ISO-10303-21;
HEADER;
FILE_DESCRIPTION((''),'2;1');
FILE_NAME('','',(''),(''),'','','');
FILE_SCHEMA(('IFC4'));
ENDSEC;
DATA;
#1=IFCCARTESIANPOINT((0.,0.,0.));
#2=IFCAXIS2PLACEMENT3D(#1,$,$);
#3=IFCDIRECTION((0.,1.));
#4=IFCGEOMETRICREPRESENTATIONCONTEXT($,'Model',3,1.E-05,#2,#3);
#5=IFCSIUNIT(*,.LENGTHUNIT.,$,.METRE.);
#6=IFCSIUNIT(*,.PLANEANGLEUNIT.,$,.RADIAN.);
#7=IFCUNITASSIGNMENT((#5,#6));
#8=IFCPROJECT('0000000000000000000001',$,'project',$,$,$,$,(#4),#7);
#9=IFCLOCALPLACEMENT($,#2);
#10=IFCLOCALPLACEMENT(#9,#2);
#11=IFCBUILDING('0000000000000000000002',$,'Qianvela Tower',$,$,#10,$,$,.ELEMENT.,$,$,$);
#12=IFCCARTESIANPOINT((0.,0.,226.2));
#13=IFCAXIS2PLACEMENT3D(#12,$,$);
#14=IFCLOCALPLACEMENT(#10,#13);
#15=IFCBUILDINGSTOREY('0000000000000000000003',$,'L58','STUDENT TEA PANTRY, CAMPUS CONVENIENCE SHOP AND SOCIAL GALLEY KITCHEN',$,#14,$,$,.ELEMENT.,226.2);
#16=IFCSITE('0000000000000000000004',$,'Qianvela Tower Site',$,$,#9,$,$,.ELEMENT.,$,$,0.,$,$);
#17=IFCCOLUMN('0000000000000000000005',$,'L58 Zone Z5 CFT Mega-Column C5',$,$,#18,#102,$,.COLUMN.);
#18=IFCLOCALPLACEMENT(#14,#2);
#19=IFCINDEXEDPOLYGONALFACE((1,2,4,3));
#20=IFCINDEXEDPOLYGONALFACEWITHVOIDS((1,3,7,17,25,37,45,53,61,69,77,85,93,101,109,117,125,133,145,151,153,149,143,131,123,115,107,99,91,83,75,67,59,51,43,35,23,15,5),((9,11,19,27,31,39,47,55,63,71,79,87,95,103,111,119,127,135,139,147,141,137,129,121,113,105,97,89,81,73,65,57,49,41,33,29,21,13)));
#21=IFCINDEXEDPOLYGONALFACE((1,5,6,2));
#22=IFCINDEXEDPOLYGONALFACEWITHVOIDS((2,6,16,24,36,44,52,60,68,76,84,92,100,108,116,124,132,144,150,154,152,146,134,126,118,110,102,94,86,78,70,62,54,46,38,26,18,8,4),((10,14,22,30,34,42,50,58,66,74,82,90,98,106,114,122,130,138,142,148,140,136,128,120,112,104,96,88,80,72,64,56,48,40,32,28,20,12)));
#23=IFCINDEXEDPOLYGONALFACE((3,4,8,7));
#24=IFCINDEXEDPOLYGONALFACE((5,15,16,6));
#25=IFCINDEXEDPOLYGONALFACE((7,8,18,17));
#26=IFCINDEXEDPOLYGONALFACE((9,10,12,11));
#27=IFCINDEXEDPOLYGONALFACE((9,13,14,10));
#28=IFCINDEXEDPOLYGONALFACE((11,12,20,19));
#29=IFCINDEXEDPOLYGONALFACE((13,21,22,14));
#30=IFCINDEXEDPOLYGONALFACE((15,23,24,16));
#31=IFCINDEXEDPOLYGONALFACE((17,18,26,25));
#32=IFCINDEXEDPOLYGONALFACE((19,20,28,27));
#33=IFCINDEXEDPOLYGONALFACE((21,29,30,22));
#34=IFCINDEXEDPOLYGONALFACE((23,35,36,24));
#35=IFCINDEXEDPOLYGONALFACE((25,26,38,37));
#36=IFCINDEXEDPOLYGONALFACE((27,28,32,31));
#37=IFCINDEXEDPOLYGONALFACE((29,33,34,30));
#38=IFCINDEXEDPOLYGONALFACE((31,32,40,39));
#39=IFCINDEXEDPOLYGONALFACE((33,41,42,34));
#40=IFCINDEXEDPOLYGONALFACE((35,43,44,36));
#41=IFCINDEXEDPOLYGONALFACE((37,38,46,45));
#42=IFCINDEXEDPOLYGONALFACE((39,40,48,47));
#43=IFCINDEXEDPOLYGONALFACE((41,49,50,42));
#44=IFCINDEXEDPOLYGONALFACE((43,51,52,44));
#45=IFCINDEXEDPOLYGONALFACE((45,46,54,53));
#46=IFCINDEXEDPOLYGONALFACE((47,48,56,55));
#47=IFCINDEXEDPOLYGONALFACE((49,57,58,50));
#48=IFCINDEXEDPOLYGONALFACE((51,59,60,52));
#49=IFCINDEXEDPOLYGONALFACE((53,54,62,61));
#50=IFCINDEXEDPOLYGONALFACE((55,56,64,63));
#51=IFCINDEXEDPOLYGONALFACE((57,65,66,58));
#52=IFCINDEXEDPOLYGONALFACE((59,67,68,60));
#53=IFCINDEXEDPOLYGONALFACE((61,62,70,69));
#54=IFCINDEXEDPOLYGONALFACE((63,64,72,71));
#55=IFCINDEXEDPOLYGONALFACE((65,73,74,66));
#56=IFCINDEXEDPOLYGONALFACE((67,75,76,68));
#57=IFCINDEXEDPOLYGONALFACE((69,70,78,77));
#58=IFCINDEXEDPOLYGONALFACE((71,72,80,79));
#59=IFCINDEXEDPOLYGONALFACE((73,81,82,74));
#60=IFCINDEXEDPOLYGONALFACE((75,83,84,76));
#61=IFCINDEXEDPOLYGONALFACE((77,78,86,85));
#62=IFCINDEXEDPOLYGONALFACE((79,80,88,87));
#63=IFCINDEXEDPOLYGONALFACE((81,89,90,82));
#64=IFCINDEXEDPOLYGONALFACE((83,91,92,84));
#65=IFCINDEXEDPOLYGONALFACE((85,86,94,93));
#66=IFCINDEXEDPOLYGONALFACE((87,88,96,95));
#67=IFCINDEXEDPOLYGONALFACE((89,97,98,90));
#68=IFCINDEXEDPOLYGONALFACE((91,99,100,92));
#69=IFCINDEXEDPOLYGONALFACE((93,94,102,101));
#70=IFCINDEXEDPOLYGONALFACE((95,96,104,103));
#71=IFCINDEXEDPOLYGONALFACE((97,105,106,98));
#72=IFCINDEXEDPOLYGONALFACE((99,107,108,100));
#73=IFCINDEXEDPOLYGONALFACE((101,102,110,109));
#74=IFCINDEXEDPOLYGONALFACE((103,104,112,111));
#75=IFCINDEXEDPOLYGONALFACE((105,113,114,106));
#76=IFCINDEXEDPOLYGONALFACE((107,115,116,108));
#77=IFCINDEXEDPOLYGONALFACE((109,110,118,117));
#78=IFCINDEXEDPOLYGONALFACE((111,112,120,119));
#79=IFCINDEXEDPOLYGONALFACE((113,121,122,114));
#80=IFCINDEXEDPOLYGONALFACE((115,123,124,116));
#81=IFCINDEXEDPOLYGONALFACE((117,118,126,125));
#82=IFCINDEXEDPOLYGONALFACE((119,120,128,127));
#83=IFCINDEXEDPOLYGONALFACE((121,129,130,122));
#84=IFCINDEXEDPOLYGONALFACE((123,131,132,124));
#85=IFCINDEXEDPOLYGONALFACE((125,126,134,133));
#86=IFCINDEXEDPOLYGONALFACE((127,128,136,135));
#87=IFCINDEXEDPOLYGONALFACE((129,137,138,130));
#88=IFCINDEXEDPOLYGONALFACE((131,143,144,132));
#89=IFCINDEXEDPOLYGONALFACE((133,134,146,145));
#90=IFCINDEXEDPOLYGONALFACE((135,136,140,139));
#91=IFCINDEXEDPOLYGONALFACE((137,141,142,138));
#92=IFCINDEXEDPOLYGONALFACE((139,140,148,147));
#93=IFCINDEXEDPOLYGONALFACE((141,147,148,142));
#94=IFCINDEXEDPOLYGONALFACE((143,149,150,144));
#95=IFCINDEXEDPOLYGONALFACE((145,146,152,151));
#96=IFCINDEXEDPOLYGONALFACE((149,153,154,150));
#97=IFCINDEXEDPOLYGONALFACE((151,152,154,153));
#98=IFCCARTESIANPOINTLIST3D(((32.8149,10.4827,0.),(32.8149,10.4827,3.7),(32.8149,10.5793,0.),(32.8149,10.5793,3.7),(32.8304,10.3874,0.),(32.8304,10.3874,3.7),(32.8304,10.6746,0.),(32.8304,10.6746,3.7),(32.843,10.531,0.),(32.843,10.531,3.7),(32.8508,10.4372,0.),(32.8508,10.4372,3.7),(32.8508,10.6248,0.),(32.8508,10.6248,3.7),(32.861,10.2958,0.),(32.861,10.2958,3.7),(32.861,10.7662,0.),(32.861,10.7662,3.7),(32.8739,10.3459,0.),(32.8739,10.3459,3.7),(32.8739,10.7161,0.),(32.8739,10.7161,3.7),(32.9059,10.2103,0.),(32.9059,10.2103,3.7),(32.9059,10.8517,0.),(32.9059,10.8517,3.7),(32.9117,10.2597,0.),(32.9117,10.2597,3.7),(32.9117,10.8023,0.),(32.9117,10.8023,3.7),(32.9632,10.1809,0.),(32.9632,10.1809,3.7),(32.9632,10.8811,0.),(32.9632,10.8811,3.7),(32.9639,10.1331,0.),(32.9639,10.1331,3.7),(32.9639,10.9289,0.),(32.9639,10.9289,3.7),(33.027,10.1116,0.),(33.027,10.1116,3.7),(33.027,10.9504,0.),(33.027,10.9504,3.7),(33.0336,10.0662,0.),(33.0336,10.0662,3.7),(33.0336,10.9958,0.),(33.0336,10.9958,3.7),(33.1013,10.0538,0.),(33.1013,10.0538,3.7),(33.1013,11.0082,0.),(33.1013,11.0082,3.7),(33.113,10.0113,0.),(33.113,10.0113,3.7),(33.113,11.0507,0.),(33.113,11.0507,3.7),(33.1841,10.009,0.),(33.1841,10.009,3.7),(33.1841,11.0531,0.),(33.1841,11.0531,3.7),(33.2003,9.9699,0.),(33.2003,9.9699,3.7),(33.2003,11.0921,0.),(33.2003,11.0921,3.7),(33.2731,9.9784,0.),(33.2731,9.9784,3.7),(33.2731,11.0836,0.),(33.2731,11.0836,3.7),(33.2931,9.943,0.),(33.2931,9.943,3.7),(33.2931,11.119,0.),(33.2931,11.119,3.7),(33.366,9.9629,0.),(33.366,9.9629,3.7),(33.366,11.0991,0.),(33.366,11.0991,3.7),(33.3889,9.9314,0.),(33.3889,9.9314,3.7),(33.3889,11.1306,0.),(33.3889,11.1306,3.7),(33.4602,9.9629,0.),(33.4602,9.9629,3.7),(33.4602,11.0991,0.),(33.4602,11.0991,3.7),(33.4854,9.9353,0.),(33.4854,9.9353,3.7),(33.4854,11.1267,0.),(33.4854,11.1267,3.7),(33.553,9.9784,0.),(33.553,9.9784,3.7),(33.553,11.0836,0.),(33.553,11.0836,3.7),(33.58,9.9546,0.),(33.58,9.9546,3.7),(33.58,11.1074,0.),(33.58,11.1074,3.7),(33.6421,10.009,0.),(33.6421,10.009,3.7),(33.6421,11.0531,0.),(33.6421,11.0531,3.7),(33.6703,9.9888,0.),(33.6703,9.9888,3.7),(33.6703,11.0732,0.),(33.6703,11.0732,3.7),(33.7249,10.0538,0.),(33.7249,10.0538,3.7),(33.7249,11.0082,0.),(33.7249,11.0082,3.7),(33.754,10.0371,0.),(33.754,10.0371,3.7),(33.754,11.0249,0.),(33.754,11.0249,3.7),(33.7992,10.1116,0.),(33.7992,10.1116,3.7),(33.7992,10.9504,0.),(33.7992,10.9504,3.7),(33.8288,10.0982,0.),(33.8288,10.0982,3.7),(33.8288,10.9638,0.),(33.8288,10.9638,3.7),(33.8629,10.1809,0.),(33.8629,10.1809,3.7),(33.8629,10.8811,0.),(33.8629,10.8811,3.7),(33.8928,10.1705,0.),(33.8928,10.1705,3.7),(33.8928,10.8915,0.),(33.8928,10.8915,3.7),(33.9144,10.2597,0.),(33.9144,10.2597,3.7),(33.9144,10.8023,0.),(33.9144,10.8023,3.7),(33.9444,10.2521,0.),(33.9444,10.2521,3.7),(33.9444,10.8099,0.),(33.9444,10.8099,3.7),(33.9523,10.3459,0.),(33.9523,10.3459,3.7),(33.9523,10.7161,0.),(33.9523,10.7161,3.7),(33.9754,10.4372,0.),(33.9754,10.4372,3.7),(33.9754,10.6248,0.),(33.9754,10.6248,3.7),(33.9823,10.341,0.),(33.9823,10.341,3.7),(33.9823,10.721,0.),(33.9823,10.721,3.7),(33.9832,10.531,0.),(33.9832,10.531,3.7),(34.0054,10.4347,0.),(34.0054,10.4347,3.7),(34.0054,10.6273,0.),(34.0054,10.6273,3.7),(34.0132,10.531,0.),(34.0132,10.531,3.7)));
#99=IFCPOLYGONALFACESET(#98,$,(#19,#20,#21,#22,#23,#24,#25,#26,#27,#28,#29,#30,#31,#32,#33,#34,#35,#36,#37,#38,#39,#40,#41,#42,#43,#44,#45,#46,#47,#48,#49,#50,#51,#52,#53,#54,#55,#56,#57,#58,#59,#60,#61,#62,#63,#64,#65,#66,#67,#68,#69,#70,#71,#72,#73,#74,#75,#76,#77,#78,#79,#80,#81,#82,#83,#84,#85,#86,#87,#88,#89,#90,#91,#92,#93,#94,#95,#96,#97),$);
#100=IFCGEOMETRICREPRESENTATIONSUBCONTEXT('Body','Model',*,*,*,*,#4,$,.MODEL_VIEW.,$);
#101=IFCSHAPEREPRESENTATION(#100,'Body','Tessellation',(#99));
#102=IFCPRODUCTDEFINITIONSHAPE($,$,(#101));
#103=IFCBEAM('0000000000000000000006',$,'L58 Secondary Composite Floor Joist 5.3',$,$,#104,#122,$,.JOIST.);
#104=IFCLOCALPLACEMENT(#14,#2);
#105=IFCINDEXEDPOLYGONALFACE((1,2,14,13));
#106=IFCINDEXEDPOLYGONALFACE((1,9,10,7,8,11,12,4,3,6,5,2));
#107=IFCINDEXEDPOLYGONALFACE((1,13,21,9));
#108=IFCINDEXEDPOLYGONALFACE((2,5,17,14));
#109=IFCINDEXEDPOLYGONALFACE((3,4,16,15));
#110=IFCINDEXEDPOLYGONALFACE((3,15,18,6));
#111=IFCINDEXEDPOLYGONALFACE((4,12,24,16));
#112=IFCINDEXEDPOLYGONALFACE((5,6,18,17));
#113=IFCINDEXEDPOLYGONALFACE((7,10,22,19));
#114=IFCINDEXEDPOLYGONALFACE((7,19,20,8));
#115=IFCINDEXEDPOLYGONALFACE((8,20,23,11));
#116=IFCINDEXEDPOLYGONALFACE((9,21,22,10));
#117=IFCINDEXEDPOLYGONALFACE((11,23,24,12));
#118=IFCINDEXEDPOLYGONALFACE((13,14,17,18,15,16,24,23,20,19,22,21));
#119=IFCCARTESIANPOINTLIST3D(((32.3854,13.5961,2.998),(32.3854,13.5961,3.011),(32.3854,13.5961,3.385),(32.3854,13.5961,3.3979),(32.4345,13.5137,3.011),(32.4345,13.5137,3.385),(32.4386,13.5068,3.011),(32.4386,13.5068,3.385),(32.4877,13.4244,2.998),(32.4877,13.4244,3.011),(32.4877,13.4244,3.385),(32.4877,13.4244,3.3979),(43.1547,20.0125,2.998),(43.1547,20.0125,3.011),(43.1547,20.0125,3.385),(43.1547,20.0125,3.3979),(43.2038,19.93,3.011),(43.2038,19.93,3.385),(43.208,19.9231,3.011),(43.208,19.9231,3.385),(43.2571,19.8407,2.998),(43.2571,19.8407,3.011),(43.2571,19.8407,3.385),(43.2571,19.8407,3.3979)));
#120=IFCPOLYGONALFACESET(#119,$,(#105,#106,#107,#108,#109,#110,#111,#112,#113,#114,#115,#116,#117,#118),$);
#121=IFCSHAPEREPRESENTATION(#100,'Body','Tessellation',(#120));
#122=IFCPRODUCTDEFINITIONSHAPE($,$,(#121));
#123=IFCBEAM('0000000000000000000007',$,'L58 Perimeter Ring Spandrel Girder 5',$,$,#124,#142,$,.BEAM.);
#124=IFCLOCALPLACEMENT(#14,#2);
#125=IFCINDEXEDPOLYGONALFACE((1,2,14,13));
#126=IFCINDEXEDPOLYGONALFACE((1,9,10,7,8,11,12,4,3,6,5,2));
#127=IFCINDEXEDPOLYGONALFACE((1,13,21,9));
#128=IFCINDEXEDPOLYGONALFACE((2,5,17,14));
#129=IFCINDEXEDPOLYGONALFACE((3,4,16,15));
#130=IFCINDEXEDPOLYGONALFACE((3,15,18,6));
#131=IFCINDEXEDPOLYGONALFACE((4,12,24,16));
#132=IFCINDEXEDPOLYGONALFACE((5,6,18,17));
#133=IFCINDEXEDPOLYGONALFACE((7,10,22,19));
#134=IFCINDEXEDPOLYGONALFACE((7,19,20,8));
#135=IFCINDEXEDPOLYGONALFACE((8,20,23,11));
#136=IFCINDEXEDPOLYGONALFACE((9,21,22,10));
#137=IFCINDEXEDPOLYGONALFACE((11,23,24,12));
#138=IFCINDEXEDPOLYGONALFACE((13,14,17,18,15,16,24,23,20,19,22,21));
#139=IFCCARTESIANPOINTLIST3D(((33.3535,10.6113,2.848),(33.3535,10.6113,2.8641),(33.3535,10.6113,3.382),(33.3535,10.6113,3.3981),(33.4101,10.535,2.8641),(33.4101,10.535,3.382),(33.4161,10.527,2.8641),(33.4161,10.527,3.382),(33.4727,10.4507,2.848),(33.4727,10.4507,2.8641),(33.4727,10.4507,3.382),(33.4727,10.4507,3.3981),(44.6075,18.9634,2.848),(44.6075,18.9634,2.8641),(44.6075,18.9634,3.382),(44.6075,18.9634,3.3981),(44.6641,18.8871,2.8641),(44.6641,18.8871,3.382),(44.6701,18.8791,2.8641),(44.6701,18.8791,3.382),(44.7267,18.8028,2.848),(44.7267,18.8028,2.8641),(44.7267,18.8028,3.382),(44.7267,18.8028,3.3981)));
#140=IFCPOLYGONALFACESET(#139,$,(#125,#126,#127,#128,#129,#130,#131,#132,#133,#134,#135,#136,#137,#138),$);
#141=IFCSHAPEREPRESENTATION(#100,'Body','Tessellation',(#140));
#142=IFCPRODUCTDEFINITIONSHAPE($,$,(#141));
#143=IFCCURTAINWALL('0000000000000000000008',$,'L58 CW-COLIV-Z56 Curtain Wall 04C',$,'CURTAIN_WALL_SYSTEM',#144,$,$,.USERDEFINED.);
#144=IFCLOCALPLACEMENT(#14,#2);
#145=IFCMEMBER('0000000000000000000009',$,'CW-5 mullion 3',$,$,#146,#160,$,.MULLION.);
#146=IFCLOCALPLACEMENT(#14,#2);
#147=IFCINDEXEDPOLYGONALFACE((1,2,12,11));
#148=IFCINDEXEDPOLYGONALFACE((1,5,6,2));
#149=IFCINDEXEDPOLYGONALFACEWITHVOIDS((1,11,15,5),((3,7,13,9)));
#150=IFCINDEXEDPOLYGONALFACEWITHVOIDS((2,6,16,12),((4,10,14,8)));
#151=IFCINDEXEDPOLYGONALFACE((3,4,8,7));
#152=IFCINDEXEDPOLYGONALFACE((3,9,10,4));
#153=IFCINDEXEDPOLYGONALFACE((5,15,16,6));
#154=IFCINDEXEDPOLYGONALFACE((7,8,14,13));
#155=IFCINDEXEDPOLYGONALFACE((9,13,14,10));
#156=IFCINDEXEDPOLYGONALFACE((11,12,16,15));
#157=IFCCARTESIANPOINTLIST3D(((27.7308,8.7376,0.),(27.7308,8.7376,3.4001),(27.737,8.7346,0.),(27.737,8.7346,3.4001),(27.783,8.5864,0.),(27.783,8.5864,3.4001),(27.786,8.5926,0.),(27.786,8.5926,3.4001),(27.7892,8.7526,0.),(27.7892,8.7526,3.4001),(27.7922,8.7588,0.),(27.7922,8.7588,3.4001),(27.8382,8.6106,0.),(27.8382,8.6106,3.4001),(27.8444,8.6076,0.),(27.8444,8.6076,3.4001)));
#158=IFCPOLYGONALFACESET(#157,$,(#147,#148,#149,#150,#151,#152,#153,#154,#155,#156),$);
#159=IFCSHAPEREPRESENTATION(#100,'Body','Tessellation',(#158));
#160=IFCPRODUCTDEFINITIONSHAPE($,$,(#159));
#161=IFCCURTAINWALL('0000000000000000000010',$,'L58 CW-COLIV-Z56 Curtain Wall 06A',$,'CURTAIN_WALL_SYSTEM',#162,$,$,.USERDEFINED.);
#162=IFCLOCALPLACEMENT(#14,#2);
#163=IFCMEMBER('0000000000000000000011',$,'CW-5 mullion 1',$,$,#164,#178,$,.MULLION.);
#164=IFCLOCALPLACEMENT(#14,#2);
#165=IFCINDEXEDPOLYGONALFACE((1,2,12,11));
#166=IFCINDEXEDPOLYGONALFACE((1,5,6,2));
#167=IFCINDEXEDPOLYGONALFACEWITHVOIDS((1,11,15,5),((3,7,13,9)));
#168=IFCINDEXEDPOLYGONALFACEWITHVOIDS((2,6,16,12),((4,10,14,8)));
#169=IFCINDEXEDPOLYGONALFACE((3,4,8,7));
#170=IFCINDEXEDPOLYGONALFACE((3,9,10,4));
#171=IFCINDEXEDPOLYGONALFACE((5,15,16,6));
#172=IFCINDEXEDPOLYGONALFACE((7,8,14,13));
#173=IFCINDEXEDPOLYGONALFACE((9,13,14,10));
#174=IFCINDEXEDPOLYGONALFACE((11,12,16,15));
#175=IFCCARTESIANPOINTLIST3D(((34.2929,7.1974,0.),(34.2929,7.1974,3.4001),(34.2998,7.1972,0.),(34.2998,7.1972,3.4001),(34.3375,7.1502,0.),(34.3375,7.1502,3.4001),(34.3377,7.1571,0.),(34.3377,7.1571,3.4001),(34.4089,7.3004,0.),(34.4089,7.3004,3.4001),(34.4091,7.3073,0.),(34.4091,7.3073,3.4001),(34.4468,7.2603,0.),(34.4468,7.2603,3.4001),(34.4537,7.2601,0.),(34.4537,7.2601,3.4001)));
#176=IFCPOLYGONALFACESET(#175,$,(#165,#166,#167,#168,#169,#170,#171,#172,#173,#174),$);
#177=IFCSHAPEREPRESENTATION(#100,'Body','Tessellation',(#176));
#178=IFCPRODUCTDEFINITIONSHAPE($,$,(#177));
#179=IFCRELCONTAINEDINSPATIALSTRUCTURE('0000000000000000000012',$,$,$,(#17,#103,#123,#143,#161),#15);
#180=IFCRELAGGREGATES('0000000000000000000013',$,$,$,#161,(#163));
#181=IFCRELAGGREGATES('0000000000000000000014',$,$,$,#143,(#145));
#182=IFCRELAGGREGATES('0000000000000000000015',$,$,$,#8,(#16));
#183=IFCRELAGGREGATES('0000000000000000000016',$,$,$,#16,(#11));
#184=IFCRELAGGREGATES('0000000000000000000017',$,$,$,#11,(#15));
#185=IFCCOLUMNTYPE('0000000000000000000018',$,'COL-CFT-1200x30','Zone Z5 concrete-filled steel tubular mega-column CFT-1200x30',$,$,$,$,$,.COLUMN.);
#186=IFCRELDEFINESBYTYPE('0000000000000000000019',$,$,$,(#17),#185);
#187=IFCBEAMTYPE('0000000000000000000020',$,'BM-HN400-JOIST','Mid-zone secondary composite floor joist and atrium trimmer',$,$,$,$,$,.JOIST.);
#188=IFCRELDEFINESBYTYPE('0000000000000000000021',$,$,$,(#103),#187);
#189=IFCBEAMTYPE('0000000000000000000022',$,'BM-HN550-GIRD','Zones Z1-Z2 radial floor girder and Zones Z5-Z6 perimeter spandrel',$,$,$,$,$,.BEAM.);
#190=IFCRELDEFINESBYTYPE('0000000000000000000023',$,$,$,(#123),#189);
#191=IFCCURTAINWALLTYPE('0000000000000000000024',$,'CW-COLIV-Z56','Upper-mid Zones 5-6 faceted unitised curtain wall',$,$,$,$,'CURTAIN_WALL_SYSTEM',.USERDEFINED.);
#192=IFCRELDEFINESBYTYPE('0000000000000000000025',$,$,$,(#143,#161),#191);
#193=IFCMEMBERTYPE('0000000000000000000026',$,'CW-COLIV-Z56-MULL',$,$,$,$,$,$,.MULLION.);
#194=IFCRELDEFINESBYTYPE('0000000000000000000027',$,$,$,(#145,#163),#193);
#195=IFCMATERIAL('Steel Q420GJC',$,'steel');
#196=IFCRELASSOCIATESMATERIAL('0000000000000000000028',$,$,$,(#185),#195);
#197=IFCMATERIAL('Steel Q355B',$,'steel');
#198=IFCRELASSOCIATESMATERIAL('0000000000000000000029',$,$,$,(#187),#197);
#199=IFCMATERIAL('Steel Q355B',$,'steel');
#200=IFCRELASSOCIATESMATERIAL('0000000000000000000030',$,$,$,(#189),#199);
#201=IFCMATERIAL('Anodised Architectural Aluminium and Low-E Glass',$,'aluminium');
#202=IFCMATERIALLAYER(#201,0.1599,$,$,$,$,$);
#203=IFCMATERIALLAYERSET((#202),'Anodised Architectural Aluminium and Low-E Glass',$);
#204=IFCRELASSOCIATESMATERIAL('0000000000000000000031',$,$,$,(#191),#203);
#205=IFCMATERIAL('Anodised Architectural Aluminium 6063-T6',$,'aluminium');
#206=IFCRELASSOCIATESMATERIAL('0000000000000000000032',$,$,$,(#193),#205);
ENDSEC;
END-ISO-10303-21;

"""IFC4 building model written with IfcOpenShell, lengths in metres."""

from ifc_helpers import new_model, si_unit, direction, frame, origin, origin_2d, place, context, subcontext, project, spatial, hollow_rectangle, hollow_circle, i_section, extrude, material, layer, layer_set, material_profile, profile_set, type_object, element, aggregate, save


model = new_model("IFC4")

# Units and contexts
model_context = context("Model", 3, precision=1e-05, world=origin(), true_north=direction((0.0, 1.0)))
body_context = subcontext(model_context, "Body", "Model", "MODEL_VIEW")
ifc_project = project(units=[si_unit("LENGTHUNIT", "METRE"), si_unit("PLANEANGLEUNIT", "RADIAN")], contexts=[model_context])

# Site, building, storey
site_placement = place(None, origin())
site = spatial("IfcSite", under=ifc_project, at=site_placement, Name="Qianvela Tower Site", CompositionType="ELEMENT", RefElevation=0.0)
building_placement = place(site_placement, origin())
building = spatial("IfcBuilding", under=site, at=building_placement, Name="Qianvela Tower", CompositionType="ELEMENT")
storey_placement = place(building_placement, frame((0.0, 0.0, 226.2)))
storey = spatial("IfcBuildingStorey", under=building, at=storey_placement, Name="L58", Description="STUDENT TEA PANTRY, CAMPUS CONVENIENCE SHOP AND SOCIAL GALLEY KITCHEN", CompositionType="ELEMENT", Elevation=226.2)

# Column
ifc_material_1 = material(Name="Steel Q420GJC", Category="steel")
ifc_material_profile_1 = material_profile(ifc_material_1, hollow_circle(Radius=0.6001, WallThickness=0.03, at=origin_2d()), Name="CFT-1200x30")
ifc_profile_set_1 = profile_set([ifc_material_profile_1], Name="Steel Q420GJC")
column_type = type_object("IfcColumnType", Name="COL-CFT-1200x30", Description="Zone Z5 concrete-filled steel tubular mega-column CFT-1200x30", PredefinedType="COLUMN", material=ifc_profile_set_1)
column_placement = place(storey_placement, frame((33.4131, 10.531, 0.0), z_axis=(0.0, 0.0, 1.0), x_axis=(1.0, 0.0, 0.0)))
element("IfcColumn", 1, at=column_placement, inside=storey, type_object=column_type, Name="L58 Zone Z5 CFT Mega-Column C5", PredefinedType="COLUMN", context=body_context, shape_type="SweptSolid", body=[
    extrude(hollow_circle(Radius=0.6001, WallThickness=0.03, at=origin_2d()), origin(), (0.0, 0.0, 1.0), 3.7),
])

# Beams
ifc_material_2 = material(Name="Steel Q355B", Category="steel")
ifc_material_profile_2 = material_profile(ifc_material_2, i_section(OverallWidth=0.2, OverallDepth=0.3999, WebThickness=0.0081, FlangeThickness=0.0129, at=origin_2d()), Name="HN400x200x8x13")
ifc_profile_set_2 = profile_set([ifc_material_profile_2], Name="Steel Q355B")
beam_type_1 = type_object("IfcBeamType", Name="BM-HN400-JOIST", Description="Mid-zone secondary composite floor joist and atrium trimmer", PredefinedType="JOIST", material=ifc_profile_set_2)
beam_1_placement = place(storey_placement, frame((32.4365, 13.5103, 3.198), z_axis=(0.859084, 0.511835, 0.0), x_axis=(-0.511835, 0.859084, 0.0)))
element("IfcBeam", 2, at=beam_1_placement, inside=storey, type_object=beam_type_1, Name="L58 Secondary Composite Floor Joist 5.3", PredefinedType="JOIST", context=body_context, shape_type="SweptSolid", body=[
    extrude(i_section(OverallWidth=0.2, OverallDepth=0.3999, WebThickness=0.0081, FlangeThickness=0.0129, at=origin_2d()), origin(), (0.0, 0.0, 1.0), 12.5359),
])
ifc_material_3 = material(Name="Steel Q355B", Category="steel")
ifc_material_profile_3 = material_profile(ifc_material_3, i_section(OverallWidth=0.2, OverallDepth=0.55, WebThickness=0.01, FlangeThickness=0.0161, at=origin_2d()), Name="HN550x200x10x16")
ifc_profile_set_3 = profile_set([ifc_material_profile_3], Name="Steel Q355B")
beam_type_2 = type_object("IfcBeamType", Name="BM-HN550-GIRD", Description="Zones Z1-Z2 radial floor girder and Zones Z5-Z6 perimeter spandrel", PredefinedType="BEAM", material=ifc_profile_set_3)
beam_2_placement = place(storey_placement, frame((33.4131, 10.531, 3.123), z_axis=(0.803017, 0.595956, 0.0), x_axis=(-0.595956, 0.803017, 0.0)))
element("IfcBeam", 3, at=beam_2_placement, inside=storey, type_object=beam_type_2, Name="L58 Perimeter Ring Spandrel Girder 5", PredefinedType="BEAM", context=body_context, shape_type="SweptSolid", body=[
    extrude(i_section(OverallWidth=0.2, OverallDepth=0.55, WebThickness=0.01, FlangeThickness=0.0161, at=origin_2d()), origin(), (0.0, 0.0, 1.0), 14.0146),
])

# Curtain walls, members
ifc_material_4 = material(Name="Anodised Architectural Aluminium and Low-E Glass", Category="aluminium")
ifc_layer_1 = layer(ifc_material_4, 0.1599)
ifc_layer_set_1 = layer_set([ifc_layer_1], Name="Anodised Architectural Aluminium and Low-E Glass")
curtain_wall_type = type_object("IfcCurtainWallType", Name="CW-COLIV-Z56", Description="Upper-mid Zones 5-6 faceted unitised curtain wall", ElementType="CURTAIN_WALL_SYSTEM", PredefinedType="USERDEFINED", material=ifc_layer_set_1)
curtain_wall_1_placement = place(storey_placement, origin())
curtain_wall_1 = element("IfcCurtainWall", 4, at=curtain_wall_1_placement, inside=storey, type_object=curtain_wall_type, Name="L58 CW-COLIV-Z56 Curtain Wall 04C", ObjectType="CURTAIN_WALL_SYSTEM", PredefinedType="USERDEFINED")
ifc_material_5 = material(Name="Anodised Architectural Aluminium 6063-T6", Category="aluminium")
ifc_material_profile_4 = material_profile(ifc_material_5, hollow_rectangle(XDim=0.0649, YDim=0.1599, WallThickness=0.0049, at=origin_2d()), Name="ALU-MULL-65x160")
ifc_profile_set_4 = profile_set([ifc_material_profile_4], Name="Anodised Architectural Aluminium 6063-T6")
member_type_1 = type_object("IfcMemberType", Name="CW-COLIV-Z56-MULL", PredefinedType="MULLION", material=ifc_profile_set_4)
member_1_placement = place(storey_placement, frame((27.7876, 8.6726, 0.0), z_axis=(0.0, 0.0, 1.0), x_axis=(0.945291, 0.326229, 0.0)))
member_1 = element("IfcMember", 5, at=member_1_placement, type_object=member_type_1, Name="CW-5 mullion 3", PredefinedType="MULLION", context=body_context, shape_type="SweptSolid", body=[
    extrude(hollow_rectangle(XDim=0.0649, YDim=0.1599, WallThickness=0.0049, at=origin_2d()), origin(), (0.0, 0.0, 1.0), 3.4001),
])
curtain_wall_2_placement = place(storey_placement, origin())
curtain_wall_2 = element("IfcCurtainWall", 6, at=curtain_wall_2_placement, inside=storey, type_object=curtain_wall_type, Name="L58 CW-COLIV-Z56 Curtain Wall 06A", ObjectType="CURTAIN_WALL_SYSTEM", PredefinedType="USERDEFINED")
member_2_placement = place(storey_placement, frame((34.3733, 7.2288, 0.0), z_axis=(0.0, 0.0, 1.0), x_axis=(-0.686997, 0.72666, 0.0)))
member_2 = element("IfcMember", 7, at=member_2_placement, type_object=member_type_1, Name="CW-5 mullion 1", PredefinedType="MULLION", context=body_context, shape_type="SweptSolid", body=[
    extrude(hollow_rectangle(XDim=0.0649, YDim=0.1599, WallThickness=0.0049, at=origin_2d()), origin(), (0.0, 0.0, 1.0), 3.4001),
])

aggregate(curtain_wall_2, [member_2])

aggregate(curtain_wall_1, [member_1])

save(model, "model.ifc")
